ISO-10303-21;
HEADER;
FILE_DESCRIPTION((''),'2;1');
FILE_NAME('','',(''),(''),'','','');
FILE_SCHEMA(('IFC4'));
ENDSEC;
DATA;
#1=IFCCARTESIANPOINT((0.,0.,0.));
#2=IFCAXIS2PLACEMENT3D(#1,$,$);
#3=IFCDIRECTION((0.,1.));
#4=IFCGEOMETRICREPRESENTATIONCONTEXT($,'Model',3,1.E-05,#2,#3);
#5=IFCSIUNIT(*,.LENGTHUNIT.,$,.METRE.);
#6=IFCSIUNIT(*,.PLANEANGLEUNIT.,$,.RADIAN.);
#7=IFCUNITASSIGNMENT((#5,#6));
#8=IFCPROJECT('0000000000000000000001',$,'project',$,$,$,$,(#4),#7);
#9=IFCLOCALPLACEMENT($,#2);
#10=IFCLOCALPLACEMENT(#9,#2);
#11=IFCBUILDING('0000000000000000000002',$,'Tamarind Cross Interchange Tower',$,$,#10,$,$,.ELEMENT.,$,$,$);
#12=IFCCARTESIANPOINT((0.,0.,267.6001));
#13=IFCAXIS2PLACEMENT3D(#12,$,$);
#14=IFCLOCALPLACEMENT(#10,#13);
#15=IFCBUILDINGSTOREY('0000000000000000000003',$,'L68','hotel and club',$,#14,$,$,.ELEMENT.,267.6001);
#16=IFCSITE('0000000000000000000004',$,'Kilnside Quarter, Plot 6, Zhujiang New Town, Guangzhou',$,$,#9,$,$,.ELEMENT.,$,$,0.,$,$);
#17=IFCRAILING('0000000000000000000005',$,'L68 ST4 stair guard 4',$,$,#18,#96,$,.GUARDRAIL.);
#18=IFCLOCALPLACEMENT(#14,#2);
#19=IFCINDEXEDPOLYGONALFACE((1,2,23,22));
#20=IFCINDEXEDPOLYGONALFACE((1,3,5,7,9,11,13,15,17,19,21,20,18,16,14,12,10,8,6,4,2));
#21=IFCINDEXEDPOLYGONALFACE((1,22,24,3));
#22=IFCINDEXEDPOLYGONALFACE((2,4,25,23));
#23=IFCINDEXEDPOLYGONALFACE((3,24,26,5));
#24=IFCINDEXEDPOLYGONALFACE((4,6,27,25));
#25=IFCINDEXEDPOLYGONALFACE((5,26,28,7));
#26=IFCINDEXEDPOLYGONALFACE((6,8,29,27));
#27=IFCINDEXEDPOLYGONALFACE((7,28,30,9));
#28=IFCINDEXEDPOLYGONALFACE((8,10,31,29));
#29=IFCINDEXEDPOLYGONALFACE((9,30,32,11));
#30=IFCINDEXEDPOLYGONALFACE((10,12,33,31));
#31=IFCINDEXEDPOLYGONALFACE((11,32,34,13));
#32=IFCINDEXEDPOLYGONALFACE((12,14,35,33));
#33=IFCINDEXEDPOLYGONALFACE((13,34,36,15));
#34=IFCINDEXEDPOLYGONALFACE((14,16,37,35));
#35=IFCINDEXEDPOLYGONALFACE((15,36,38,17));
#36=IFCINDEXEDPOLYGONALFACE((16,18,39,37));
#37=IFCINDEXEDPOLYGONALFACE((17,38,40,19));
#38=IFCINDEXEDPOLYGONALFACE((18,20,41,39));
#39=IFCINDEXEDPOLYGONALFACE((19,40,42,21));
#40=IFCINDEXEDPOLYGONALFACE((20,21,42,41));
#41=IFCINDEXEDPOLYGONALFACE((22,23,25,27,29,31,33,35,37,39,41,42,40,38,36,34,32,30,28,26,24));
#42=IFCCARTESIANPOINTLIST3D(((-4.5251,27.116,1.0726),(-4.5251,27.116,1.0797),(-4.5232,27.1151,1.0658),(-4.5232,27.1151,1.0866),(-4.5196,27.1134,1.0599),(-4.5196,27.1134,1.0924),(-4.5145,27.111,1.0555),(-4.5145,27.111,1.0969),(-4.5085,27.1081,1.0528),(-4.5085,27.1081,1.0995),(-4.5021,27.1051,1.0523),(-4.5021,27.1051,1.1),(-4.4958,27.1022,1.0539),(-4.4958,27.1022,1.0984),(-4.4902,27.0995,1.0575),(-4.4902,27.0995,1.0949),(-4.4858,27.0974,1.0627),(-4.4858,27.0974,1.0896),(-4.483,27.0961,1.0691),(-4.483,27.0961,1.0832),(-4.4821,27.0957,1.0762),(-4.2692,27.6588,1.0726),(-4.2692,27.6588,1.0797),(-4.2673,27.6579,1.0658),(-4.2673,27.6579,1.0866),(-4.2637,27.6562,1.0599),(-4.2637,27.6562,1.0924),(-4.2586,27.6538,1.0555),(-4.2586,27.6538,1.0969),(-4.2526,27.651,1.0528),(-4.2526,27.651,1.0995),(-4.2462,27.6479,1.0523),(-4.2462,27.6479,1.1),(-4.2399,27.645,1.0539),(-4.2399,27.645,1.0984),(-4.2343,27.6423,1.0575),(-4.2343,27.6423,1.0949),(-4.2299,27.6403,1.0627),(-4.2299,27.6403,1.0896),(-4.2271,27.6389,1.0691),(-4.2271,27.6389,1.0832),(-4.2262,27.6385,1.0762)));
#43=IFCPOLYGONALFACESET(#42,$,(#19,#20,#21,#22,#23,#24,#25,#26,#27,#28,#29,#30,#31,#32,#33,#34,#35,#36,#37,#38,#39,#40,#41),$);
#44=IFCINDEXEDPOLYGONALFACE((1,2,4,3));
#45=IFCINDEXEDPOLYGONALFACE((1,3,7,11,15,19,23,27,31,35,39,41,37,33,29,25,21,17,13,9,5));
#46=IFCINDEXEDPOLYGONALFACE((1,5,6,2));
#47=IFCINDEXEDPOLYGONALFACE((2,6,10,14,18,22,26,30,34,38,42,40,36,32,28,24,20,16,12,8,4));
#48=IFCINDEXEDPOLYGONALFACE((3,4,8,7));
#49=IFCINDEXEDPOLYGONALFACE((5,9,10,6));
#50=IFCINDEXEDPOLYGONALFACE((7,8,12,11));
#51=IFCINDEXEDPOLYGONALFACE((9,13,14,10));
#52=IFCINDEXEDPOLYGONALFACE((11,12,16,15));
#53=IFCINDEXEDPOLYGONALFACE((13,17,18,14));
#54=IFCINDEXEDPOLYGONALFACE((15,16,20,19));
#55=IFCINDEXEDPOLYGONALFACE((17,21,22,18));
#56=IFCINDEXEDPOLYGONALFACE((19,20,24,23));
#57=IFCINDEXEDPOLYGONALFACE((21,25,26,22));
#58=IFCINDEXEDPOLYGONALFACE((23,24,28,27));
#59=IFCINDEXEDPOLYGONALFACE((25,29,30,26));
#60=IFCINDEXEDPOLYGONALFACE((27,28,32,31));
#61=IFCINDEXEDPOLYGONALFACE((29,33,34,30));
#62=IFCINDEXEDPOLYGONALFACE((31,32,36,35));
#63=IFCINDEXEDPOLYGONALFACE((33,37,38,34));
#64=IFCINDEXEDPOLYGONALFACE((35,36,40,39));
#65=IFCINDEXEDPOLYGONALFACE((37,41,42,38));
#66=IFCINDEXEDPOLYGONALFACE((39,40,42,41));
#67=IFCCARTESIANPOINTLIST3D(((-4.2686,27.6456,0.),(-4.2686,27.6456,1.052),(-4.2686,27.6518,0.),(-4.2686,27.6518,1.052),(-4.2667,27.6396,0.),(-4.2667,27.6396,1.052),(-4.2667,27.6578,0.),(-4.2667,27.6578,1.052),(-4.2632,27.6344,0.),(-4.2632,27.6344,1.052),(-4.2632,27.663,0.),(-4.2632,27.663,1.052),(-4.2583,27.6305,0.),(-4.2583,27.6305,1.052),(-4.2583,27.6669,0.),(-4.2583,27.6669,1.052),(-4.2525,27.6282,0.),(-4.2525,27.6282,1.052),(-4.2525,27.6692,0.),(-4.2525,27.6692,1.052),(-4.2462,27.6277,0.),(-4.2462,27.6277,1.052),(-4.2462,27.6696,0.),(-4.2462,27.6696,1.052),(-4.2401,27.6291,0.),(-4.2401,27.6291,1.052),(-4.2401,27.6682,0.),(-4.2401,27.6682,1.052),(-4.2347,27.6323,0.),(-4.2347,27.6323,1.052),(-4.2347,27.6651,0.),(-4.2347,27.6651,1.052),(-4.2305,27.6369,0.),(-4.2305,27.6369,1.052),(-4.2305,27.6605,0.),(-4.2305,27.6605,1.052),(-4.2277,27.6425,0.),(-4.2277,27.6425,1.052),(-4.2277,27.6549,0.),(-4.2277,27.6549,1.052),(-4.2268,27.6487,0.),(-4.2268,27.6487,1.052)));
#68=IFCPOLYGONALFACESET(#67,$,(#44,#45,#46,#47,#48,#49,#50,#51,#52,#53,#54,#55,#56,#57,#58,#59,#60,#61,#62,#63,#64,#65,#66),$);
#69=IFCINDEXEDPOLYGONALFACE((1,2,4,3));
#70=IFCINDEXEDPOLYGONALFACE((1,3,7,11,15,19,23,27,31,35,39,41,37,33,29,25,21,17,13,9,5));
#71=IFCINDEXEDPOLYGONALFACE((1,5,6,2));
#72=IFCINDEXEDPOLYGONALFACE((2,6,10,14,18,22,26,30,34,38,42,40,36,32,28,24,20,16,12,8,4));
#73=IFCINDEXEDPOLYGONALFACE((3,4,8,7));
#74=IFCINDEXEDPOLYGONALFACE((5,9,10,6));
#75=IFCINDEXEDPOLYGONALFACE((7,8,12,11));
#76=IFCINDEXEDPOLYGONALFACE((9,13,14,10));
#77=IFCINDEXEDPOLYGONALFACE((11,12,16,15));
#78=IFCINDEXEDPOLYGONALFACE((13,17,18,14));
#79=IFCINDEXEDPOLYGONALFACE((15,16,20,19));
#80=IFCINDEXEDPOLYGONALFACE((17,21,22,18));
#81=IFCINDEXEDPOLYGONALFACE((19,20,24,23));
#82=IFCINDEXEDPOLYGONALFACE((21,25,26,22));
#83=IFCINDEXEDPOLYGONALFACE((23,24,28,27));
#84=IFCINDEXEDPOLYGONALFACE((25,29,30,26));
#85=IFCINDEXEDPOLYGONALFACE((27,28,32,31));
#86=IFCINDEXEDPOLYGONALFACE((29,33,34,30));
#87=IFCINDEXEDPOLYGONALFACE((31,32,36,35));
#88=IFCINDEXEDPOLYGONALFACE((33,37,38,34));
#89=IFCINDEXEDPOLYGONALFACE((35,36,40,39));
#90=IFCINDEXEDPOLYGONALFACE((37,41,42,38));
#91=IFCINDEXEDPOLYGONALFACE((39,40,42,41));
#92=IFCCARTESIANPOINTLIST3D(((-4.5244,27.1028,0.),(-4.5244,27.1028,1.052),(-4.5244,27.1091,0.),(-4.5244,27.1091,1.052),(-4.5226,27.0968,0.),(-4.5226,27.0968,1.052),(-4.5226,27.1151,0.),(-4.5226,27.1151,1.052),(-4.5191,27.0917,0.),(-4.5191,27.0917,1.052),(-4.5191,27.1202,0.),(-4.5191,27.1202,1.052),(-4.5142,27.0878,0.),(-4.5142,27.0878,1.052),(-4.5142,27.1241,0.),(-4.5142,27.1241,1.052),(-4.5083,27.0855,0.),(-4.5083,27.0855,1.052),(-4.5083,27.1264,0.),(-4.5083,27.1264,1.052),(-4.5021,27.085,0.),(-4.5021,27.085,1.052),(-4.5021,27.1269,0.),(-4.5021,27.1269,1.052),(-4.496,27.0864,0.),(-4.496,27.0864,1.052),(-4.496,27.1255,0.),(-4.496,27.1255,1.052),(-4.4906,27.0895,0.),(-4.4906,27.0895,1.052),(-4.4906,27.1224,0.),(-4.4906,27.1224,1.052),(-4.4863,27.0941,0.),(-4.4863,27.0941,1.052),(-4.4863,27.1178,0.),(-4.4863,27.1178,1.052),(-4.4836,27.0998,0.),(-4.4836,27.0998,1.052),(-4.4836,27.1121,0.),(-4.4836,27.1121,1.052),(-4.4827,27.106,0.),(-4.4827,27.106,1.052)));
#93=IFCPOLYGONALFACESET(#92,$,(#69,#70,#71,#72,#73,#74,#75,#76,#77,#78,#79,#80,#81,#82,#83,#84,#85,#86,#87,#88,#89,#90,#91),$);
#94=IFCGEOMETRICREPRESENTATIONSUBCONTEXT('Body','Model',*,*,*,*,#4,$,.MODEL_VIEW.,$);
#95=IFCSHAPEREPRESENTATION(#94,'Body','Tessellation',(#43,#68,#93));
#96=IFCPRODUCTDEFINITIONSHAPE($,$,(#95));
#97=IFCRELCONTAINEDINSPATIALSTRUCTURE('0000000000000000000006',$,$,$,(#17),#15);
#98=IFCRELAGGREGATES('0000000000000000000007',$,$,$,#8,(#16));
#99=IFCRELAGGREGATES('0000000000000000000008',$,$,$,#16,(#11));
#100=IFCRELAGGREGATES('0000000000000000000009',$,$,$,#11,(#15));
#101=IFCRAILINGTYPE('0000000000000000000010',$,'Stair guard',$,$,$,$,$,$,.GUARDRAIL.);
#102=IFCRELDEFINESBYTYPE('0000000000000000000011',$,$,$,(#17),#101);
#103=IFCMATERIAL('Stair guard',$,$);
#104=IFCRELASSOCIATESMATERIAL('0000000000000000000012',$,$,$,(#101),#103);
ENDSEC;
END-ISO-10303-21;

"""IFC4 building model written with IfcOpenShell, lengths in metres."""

from ifc_helpers import new_model, si_unit, direction, frame, origin, origin_2d, place, context, subcontext, project, spatial, circle, extrude, material, type_object, element, save


model = new_model("IFC4")

# Units and contexts
model_context = context("Model", 3, precision=1e-05, world=origin(), true_north=direction((0.0, 1.0)))
body_context = subcontext(model_context, "Body", "Model", "MODEL_VIEW")
ifc_project = project(units=[si_unit("LENGTHUNIT", "METRE"), si_unit("PLANEANGLEUNIT", "RADIAN")], contexts=[model_context])

# Site, building, storey
site_placement = place(None, origin())
site = spatial("IfcSite", under=ifc_project, at=site_placement, Name="Kilnside Quarter, Plot 6, Zhujiang New Town, Guangzhou", CompositionType="ELEMENT", RefElevation=0.0)
building_placement = place(site_placement, origin())
building = spatial("IfcBuilding", under=site, at=building_placement, Name="Tamarind Cross Interchange Tower", CompositionType="ELEMENT")
storey_placement = place(building_placement, frame((0.0, 0.0, 267.6001)))
storey = spatial("IfcBuildingStorey", under=building, at=storey_placement, Name="L68", Description="hotel and club", CompositionType="ELEMENT", Elevation=267.6001)

# Railing
ifc_material_1 = material(Name="Stair guard")
railing_type_1 = type_object("IfcRailingType", Name="Stair guard", PredefinedType="GUARDRAIL", material=ifc_material_1)
railing_1_placement = place(storey_placement, frame((-4.2478, 27.6487, 0.0)))
element("IfcRailing", 1, at=railing_1_placement, inside=storey, type_object=railing_type_1, Name="L68 ST4 stair guard 4", PredefinedType="GUARDRAIL", context=body_context, shape_type="SweptSolid", body=[
    extrude(circle(Radius=0.0239, at=origin_2d()), frame((0.0, 0.0, 1.0762), z_axis=(-0.426424, -0.904523, 0.0), x_axis=(0.904523, -0.426424, 0.0)), (0.0, 0.0, 1.0), 0.6001),
    extrude(circle(Radius=0.021, at=origin_2d()), origin(), (0.0, 0.0, 1.0), 1.052),
    extrude(circle(Radius=0.021, at=origin_2d()), frame((-0.2559, -0.5427, 0.0)), (0.0, 0.0, 1.0), 1.052),
])

save(model, "model.ifc")
